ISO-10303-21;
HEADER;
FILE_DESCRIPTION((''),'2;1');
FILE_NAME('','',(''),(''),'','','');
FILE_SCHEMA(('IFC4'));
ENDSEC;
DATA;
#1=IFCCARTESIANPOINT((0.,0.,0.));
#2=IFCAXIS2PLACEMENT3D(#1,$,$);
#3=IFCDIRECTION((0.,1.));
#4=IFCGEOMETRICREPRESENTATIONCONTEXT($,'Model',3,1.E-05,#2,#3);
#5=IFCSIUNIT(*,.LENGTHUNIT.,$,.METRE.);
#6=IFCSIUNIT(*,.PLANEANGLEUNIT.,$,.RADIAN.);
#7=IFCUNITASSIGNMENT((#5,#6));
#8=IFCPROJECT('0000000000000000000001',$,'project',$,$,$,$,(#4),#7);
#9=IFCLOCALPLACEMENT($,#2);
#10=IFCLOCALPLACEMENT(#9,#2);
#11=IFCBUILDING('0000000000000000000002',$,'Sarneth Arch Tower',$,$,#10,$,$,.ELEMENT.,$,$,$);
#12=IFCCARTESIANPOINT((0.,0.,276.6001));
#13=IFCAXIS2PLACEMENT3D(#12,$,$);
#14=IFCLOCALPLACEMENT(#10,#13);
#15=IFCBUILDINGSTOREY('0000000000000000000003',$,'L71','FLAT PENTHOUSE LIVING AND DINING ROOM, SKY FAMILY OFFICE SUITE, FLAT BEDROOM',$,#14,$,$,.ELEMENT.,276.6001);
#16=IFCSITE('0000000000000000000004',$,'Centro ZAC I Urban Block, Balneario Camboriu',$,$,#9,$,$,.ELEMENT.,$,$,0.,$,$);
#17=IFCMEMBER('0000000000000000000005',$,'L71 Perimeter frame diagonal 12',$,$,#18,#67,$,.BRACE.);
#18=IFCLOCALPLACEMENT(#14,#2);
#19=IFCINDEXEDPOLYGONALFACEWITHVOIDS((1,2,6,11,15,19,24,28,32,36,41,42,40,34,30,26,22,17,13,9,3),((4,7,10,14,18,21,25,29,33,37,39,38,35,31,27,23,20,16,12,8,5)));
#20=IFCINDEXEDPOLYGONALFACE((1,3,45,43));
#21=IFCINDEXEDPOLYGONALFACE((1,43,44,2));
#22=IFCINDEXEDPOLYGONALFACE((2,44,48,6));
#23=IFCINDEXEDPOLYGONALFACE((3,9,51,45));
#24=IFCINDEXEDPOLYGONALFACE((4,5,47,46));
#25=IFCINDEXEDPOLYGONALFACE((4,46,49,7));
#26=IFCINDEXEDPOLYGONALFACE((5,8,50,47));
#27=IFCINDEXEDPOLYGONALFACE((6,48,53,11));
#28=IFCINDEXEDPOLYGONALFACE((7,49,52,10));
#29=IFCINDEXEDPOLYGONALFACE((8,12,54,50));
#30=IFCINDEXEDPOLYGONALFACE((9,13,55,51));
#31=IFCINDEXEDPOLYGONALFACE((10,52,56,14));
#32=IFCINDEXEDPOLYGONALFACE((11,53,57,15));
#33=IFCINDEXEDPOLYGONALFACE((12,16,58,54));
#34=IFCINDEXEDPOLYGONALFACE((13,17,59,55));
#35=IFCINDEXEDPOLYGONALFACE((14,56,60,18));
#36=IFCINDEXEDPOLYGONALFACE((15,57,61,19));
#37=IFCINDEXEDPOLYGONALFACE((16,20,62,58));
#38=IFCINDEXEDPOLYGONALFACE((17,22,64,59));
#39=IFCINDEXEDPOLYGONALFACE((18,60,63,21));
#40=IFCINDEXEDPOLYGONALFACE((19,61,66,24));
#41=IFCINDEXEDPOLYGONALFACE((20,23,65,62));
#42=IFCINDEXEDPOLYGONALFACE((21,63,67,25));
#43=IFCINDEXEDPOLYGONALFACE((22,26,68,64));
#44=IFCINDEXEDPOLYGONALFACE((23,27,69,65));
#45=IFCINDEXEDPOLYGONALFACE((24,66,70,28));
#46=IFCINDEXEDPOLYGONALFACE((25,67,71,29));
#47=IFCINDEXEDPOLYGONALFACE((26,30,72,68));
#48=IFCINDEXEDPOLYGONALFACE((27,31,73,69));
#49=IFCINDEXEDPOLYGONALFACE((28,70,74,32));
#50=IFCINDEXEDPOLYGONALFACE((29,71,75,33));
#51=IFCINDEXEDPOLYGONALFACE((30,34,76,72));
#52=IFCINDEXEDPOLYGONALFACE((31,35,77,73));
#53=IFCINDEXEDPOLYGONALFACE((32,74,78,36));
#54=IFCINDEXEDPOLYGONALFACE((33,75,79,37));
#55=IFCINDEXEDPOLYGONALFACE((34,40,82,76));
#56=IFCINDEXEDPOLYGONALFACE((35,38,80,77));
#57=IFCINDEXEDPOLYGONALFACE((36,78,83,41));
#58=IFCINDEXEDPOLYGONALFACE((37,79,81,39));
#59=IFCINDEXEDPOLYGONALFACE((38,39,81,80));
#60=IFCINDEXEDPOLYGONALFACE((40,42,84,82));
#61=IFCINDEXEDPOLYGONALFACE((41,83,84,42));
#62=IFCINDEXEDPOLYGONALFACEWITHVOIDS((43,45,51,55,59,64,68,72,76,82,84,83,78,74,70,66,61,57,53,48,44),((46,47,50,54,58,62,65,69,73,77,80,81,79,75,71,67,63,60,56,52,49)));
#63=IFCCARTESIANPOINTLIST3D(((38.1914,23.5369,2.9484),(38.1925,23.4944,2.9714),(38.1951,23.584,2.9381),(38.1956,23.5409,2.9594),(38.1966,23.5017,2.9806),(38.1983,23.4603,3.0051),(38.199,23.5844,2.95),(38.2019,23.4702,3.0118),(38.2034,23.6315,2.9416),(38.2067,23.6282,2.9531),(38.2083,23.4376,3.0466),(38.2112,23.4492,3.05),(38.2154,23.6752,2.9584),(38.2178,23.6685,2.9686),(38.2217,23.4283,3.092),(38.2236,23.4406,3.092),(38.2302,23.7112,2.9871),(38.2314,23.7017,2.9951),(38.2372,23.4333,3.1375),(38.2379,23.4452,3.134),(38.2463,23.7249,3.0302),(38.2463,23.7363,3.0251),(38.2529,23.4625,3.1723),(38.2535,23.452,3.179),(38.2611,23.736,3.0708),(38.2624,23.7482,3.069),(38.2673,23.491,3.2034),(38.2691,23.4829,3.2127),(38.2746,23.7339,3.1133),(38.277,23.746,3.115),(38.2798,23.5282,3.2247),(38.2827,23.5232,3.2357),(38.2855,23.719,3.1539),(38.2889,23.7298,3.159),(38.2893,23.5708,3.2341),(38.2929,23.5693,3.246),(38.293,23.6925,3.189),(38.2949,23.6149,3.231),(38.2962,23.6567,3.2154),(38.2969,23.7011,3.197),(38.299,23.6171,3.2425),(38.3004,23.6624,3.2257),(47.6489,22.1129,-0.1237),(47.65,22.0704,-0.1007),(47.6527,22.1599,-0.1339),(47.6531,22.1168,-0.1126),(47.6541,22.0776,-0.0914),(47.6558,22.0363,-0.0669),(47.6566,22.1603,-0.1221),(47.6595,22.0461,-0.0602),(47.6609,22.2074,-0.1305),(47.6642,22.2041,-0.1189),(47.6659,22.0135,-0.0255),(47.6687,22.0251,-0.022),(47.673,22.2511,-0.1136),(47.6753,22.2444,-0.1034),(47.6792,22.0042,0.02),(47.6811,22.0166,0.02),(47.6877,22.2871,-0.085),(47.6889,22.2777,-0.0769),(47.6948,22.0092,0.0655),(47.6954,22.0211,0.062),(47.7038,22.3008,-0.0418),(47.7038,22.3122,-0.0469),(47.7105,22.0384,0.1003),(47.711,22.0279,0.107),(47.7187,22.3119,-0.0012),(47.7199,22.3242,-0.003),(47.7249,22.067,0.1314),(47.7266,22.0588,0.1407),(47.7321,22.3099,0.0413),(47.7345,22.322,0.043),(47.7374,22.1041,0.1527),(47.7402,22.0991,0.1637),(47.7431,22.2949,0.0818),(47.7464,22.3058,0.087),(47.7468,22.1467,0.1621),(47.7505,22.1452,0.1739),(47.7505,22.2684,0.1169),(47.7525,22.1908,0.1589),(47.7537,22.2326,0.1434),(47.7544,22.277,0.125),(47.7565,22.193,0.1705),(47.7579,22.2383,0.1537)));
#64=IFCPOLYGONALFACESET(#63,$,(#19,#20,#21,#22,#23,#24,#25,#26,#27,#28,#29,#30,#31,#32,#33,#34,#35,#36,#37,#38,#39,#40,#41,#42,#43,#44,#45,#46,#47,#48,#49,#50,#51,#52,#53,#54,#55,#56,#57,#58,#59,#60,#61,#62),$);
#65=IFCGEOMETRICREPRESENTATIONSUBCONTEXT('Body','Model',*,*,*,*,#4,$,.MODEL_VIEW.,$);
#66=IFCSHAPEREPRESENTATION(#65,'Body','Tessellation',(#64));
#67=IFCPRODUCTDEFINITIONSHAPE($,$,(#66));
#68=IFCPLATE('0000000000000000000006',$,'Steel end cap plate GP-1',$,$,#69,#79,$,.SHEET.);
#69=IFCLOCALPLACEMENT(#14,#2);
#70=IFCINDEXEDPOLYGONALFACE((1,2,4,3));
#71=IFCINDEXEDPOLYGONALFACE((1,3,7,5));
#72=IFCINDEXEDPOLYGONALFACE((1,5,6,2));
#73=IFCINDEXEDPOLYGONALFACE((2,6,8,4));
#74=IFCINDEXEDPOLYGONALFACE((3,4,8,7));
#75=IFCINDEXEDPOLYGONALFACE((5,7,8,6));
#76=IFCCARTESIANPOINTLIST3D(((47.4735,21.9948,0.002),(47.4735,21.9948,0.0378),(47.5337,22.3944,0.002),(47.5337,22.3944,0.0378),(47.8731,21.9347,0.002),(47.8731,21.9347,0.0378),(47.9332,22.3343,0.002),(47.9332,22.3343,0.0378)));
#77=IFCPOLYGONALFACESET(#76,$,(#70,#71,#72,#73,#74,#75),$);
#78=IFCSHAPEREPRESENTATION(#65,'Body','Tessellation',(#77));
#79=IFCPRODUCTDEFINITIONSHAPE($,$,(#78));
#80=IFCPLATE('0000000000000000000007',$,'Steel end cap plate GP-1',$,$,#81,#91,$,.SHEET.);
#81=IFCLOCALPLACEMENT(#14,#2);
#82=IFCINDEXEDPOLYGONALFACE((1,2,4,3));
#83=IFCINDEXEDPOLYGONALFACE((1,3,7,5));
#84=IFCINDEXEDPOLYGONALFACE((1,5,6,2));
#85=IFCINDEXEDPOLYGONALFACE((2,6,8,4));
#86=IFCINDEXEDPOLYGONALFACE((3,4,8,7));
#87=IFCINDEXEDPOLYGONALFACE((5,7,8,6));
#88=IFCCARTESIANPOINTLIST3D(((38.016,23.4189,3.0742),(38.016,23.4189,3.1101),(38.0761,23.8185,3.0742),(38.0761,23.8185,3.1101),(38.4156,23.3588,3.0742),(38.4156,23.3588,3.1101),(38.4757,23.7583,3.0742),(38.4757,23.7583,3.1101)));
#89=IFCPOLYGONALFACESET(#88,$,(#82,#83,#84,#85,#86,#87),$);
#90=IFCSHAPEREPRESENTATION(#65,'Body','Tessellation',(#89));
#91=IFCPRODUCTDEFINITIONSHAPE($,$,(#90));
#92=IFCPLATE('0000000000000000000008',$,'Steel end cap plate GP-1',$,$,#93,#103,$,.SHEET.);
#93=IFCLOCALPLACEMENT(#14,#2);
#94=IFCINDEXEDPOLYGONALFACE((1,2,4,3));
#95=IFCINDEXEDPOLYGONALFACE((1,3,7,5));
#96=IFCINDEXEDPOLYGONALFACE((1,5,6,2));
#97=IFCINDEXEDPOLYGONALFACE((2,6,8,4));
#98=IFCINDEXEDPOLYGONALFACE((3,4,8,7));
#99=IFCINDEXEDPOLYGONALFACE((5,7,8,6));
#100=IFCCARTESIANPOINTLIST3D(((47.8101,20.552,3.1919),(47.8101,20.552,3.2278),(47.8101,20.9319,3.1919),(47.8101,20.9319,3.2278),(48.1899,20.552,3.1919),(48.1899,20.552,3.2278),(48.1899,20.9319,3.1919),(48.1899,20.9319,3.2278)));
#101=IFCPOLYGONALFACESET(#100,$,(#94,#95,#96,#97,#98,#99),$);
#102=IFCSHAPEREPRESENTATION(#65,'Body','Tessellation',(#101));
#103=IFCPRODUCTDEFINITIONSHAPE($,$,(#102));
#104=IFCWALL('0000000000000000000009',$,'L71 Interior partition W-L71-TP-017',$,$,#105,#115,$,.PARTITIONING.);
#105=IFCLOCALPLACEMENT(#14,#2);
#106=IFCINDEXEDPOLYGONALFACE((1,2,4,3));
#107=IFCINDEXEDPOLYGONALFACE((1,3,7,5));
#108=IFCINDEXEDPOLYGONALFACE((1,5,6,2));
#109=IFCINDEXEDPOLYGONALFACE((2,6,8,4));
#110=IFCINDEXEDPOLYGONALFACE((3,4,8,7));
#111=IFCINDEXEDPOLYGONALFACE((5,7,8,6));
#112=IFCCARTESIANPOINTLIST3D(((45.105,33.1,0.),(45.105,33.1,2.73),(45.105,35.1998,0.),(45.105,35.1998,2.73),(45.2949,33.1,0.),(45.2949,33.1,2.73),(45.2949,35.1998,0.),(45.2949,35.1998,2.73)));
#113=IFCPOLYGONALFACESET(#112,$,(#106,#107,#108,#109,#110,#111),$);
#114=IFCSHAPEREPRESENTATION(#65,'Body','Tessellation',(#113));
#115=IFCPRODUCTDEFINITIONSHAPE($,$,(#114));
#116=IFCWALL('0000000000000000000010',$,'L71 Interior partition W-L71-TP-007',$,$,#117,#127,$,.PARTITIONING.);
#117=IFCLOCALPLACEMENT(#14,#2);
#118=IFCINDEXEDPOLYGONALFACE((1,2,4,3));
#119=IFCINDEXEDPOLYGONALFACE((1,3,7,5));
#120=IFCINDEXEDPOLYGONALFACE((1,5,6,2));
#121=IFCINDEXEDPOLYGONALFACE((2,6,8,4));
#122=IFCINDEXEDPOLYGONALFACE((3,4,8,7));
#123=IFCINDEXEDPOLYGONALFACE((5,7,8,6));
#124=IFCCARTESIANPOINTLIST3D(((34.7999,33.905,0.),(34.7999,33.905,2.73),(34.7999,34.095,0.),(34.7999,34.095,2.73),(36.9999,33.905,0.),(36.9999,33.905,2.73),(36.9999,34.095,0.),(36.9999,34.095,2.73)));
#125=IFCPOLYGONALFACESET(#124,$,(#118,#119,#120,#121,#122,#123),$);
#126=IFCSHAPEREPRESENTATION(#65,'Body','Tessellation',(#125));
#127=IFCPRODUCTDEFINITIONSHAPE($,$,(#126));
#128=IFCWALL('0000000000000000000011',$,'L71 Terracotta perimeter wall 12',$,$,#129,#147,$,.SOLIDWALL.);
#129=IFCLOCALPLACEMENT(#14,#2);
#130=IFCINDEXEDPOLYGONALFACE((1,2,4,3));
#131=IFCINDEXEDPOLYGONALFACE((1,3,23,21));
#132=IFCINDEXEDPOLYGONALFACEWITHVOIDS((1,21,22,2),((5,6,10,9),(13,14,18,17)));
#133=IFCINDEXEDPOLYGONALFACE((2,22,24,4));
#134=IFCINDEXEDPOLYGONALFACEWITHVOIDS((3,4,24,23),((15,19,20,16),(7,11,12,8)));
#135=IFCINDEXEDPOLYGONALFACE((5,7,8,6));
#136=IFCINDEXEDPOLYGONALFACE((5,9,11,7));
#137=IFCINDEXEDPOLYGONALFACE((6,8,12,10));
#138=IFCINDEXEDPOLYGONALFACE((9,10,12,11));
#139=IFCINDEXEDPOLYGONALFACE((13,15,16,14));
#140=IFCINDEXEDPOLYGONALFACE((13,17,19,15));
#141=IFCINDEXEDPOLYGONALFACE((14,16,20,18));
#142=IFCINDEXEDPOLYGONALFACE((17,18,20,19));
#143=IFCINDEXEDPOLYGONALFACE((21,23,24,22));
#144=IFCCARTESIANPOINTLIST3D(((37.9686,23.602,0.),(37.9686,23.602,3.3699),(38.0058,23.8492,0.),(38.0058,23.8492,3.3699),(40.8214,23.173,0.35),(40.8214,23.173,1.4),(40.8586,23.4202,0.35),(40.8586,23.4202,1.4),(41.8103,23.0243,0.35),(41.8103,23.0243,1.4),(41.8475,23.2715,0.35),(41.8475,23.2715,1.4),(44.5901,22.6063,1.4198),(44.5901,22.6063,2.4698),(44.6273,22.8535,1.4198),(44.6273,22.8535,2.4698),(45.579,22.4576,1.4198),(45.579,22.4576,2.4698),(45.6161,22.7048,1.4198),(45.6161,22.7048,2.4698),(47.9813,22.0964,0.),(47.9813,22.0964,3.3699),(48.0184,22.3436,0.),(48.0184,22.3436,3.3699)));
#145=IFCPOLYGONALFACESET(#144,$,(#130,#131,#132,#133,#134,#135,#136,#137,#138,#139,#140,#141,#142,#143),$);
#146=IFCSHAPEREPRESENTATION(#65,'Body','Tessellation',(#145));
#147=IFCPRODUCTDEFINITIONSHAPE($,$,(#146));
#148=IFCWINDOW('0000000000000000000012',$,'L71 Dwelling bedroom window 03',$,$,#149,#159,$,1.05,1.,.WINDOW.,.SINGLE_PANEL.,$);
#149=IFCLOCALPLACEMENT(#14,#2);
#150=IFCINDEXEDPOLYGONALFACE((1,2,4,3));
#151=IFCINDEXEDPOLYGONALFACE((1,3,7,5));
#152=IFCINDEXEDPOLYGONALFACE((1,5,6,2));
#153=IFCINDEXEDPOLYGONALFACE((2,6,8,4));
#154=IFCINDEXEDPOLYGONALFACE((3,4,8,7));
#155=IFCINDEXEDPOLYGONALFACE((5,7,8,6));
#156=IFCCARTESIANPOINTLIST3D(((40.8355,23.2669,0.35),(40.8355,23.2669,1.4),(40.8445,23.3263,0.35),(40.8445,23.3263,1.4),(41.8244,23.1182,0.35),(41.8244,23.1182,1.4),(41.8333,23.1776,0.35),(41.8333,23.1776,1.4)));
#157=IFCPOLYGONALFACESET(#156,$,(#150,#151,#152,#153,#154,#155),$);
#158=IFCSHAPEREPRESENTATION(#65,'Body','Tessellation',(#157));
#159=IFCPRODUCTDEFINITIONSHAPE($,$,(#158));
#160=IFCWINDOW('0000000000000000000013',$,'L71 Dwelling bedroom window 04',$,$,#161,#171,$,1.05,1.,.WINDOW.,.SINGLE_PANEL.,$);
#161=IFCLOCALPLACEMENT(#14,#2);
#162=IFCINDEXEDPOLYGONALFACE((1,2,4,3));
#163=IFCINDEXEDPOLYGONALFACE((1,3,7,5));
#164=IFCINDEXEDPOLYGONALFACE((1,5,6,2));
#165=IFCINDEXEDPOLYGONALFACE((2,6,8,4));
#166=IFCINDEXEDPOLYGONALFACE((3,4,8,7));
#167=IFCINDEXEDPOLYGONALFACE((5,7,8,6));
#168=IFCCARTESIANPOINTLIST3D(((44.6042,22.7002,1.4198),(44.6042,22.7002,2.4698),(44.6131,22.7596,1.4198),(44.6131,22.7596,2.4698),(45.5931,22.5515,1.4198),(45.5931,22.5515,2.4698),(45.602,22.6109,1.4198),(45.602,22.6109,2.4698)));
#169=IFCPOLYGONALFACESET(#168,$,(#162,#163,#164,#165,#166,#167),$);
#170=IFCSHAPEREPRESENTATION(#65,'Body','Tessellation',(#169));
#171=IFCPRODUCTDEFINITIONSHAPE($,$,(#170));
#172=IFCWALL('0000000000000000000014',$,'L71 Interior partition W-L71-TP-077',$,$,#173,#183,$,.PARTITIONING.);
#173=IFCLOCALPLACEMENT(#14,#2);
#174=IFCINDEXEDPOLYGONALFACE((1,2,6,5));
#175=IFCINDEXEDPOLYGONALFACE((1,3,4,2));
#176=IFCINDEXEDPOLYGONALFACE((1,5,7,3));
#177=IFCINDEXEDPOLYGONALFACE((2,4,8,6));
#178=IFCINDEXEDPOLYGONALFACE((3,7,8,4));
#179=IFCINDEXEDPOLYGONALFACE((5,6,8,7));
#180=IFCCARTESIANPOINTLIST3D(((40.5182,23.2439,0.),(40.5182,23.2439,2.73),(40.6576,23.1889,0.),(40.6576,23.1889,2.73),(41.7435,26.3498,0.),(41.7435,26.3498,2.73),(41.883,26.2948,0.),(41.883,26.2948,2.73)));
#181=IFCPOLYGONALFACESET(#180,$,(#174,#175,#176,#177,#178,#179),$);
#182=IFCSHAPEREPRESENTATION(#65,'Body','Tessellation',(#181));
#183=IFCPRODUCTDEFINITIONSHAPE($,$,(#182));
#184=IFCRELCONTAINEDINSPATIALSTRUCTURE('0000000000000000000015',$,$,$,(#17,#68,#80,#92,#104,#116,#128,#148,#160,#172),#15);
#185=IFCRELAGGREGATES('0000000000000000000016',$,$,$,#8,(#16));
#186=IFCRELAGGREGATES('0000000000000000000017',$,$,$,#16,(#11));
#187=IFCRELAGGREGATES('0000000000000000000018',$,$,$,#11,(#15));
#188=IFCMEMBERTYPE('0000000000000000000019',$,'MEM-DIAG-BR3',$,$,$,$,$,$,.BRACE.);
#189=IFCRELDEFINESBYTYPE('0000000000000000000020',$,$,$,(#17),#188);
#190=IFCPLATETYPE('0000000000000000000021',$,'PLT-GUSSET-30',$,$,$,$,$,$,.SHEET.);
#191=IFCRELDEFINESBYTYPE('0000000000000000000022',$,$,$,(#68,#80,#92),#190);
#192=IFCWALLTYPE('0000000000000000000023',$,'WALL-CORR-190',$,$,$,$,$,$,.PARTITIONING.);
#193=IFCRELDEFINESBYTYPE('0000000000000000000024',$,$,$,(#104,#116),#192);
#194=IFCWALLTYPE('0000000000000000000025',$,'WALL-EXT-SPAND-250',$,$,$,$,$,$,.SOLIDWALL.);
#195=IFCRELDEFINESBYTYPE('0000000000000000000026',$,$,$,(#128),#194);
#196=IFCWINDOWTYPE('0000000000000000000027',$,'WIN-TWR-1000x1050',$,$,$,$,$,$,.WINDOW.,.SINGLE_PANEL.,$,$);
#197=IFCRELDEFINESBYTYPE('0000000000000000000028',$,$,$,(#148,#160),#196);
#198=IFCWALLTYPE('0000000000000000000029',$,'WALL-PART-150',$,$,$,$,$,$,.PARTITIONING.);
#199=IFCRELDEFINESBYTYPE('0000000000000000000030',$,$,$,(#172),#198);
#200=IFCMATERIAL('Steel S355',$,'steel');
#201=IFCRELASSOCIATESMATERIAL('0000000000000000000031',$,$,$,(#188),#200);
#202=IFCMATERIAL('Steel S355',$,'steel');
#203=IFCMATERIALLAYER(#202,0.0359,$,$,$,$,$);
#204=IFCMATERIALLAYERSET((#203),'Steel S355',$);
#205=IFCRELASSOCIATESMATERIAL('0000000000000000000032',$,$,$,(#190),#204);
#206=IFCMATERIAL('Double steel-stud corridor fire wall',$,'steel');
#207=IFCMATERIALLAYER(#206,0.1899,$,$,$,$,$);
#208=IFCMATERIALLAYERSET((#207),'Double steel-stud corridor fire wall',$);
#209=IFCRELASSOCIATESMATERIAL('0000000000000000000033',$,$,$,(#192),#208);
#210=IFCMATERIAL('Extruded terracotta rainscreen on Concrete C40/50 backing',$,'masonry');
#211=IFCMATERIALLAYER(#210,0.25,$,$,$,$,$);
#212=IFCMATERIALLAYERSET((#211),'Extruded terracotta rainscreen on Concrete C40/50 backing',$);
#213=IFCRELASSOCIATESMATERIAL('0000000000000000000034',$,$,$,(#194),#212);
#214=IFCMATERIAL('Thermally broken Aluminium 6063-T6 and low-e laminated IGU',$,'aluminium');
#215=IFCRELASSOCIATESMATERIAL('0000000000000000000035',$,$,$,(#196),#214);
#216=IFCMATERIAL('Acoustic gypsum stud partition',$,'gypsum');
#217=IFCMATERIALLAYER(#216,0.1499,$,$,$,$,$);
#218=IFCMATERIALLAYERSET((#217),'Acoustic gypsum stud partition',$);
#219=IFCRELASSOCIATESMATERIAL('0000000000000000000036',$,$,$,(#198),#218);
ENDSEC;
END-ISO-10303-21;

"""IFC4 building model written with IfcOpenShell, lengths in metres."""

from ifc_helpers import new_model, si_unit, direction, frame, frame_2d, origin, origin_2d, place, context, subcontext, project, spatial, rectangle, hollow_circle, extrude, material, layer, layer_set, material_profile, profile_set, type_object, element, fill, save


model = new_model("IFC4")

# Units and contexts
model_context = context("Model", 3, precision=1e-05, world=origin(), true_north=direction((0.0, 1.0)))
body_context = subcontext(model_context, "Body", "Model", "MODEL_VIEW")
ifc_project = project(units=[si_unit("LENGTHUNIT", "METRE"), si_unit("PLANEANGLEUNIT", "RADIAN")], contexts=[model_context])

# Site, building, storey
site_placement = place(None, origin())
site = spatial("IfcSite", under=ifc_project, at=site_placement, Name="Centro ZAC I Urban Block, Balneario Camboriu", CompositionType="ELEMENT", RefElevation=0.0)
building_placement = place(site_placement, origin())
building = spatial("IfcBuilding", under=site, at=building_placement, Name="Sarneth Arch Tower", CompositionType="ELEMENT")
storey_placement = place(building_placement, frame((0.0, 0.0, 276.6001)))
storey = spatial("IfcBuildingStorey", under=building, at=storey_placement, Name="L71", Description="FLAT PENTHOUSE LIVING AND DINING ROOM, SKY FAMILY OFFICE SUITE, FLAT BEDROOM", CompositionType="ELEMENT", Elevation=276.6001)

# Member
ifc_material_1 = material(Name="Steel S355", Category="steel")
ifc_material_profile_1 = material_profile(ifc_material_1, hollow_circle(Radius=0.1621, WallThickness=0.0125, at=origin_2d()), Name="CHS324x12.5")
ifc_profile_set_1 = profile_set([ifc_material_profile_1], Name="Steel S355")
member_type_1 = type_object("IfcMemberType", Name="MEM-DIAG-BR3", PredefinedType="BRACE", material=ifc_profile_set_1)
member_1_placement = place(storey_placement, frame((47.7034, 22.1646, 0.02), z_axis=(-0.941478, 0.141764, 0.305814), x_axis=(-0.148897, -0.988853, 0.0)))
element("IfcMember", 1, at=member_1_placement, inside=storey, type_object=member_type_1, Name="L71 Perimeter frame diagonal 12", PredefinedType="BRACE", context=body_context, shape_type="SweptSolid", body=[
    extrude(hollow_circle(Radius=0.1621, WallThickness=0.0125, at=origin_2d()), origin(), (0.0, 0.0, 1.0), 10.0454),
])

# Plates
ifc_material_2 = material(Name="Steel S355", Category="steel")
ifc_layer_1 = layer(ifc_material_2, 0.0359)
ifc_layer_set_1 = layer_set([ifc_layer_1], Name="Steel S355")
plate_type = type_object("IfcPlateType", Name="PLT-GUSSET-30", PredefinedType="SHEET", material=ifc_layer_set_1)
for number, where, z_axis, x_axis, name in (
    (2, (47.7034, 22.1646, 0.002), (0.0, 0.0, 1.0), (0.988861, -0.148845, 0.0), "Steel end cap plate GP-1"),
    (3, (38.2458, 23.5886, 3.0742), (0.0, 0.0, 1.0), (0.988861, -0.148845, 0.0), "Steel end cap plate GP-1"),
):
    element("IfcPlate", number, at=place(storey_placement, frame(where, z_axis=z_axis, x_axis=x_axis)), inside=storey, type_object=plate_type, Name=name, PredefinedType="SHEET", context=body_context, shape_type="SweptSolid", body=[
        extrude(rectangle(XDim=0.4041, YDim=0.4041, at=origin_2d()), origin(), (0.0, 0.0, 1.0), 0.0359),
    ])
plate_placement = place(storey_placement, frame((48.0, 20.7419, 3.1919), z_axis=(0.0, 0.0, 1.0), x_axis=(0.0, -1.0, 0.0)))
element("IfcPlate", 4, at=plate_placement, inside=storey, type_object=plate_type, Name="Steel end cap plate GP-1", PredefinedType="SHEET", context=body_context, shape_type="SweptSolid", body=[
    extrude(rectangle(XDim=0.3799, YDim=0.3799, at=origin_2d()), origin(), (0.0, 0.0, 1.0), 0.0359),
])

# Walls
ifc_material_3 = material(Name="Double steel-stud corridor fire wall", Category="steel")
ifc_layer_2 = layer(ifc_material_3, 0.1899)
ifc_layer_set_2 = layer_set([ifc_layer_2], Name="Double steel-stud corridor fire wall")
wall_type_1 = type_object("IfcWallType", Name="WALL-CORR-190", PredefinedType="PARTITIONING", material=ifc_layer_set_2)
wall_1_placement = place(storey_placement, frame((45.2, 33.1001, 0.0), z_axis=(0.0, 0.0, 1.0), x_axis=(0.0, 1.0, 0.0)))
element("IfcWall", 5, at=wall_1_placement, inside=storey, type_object=wall_type_1, Name="L71 Interior partition W-L71-TP-017", PredefinedType="PARTITIONING", context=body_context, shape_type="SweptSolid", body=[
    extrude(rectangle(XDim=2.0999, YDim=0.1899, at=frame_2d((1.0498, 0.0))), origin(), (0.0, 0.0, 1.0), 2.73),
])
wall_2_placement = place(storey_placement, frame((37.0, 34.0, 0.0), z_axis=(0.0, 0.0, 1.0), x_axis=(-1.0, 0.0, 0.0)))
element("IfcWall", 6, at=wall_2_placement, inside=storey, type_object=wall_type_1, Name="L71 Interior partition W-L71-TP-007", PredefinedType="PARTITIONING", context=body_context, shape_type="SweptSolid", body=[
    extrude(rectangle(XDim=2.2, YDim=0.1899, at=frame_2d((1.1001, 0.0))), origin(), (0.0, 0.0, 1.0), 2.73),
])

# Wall, openings, windows
ifc_material_4 = material(Name="Extruded terracotta rainscreen on Concrete C40/50 backing", Category="masonry")
ifc_layer_3 = layer(ifc_material_4, 0.25)
ifc_layer_set_3 = layer_set([ifc_layer_3], Name="Extruded terracotta rainscreen on Concrete C40/50 backing")
wall_type_2 = type_object("IfcWallType", Name="WALL-EXT-SPAND-250", PredefinedType="SOLIDWALL", material=ifc_layer_set_3)
wall_3_placement = place(storey_placement, frame((37.9873, 23.7256, 0.0), z_axis=(0.0, 0.0, 1.0), x_axis=(0.988883, -0.148699, 0.0)))
wall_3 = element("IfcWall", 7, at=wall_3_placement, inside=storey, type_object=wall_type_2, Name="L71 Terracotta perimeter wall 12", PredefinedType="SOLIDWALL", context=body_context, shape_type="SweptSolid", body=[
    extrude(rectangle(XDim=10.1252, YDim=0.25, at=frame_2d((5.0625, 0.0))), origin(), (0.0, 0.0, 1.0), 3.3699),
])
opening_1_placement = place(wall_3_placement, frame((2.8848, 0.0, 0.3501)))
opening_1 = element("IfcOpeningElement", 8, at=opening_1_placement, cuts=wall_3, PredefinedType="OPENING", context=body_context, shape_type="SweptSolid", body=[
    extrude(rectangle(XDim=1.0, YDim=1.05, at=frame_2d((0.5, 0.5249))), frame((0.0, 0.135, 0.0), z_axis=(0.0, -1.0, 0.0), x_axis=(1.0, 0.0, 0.0)), (0.0, 0.0, 1.0), 0.27),
])
opening_2_placement = place(wall_3_placement, frame((6.6958, 0.0, 1.4199)))
opening_2 = element("IfcOpeningElement", 9, at=opening_2_placement, cuts=wall_3, PredefinedType="OPENING", context=body_context, shape_type="SweptSolid", body=[
    extrude(rectangle(XDim=1.0, YDim=1.05, at=frame_2d((0.5, 0.5249))), frame((0.0, 0.135, 0.0), z_axis=(0.0, -1.0, 0.0), x_axis=(1.0, 0.0, 0.0)), (0.0, 0.0, 1.0), 0.27),
])
ifc_material_5 = material(Name="Thermally broken Aluminium 6063-T6 and low-e laminated IGU", Category="aluminium")
window_type = type_object("IfcWindowType", Name="WIN-TWR-1000x1050", PartitioningType="SINGLE_PANEL", PredefinedType="WINDOW", material=ifc_material_5)
window_1_placement = place(opening_1_placement, origin())
window_1 = element("IfcWindow", 10, at=window_1_placement, inside=storey, type_object=window_type, Name="L71 Dwelling bedroom window 03", OverallHeight=1.05, OverallWidth=1.0, PartitioningType="SINGLE_PANEL", PredefinedType="WINDOW", context=body_context, shape_type="SweptSolid", body=[
    extrude(rectangle(XDim=1.0, YDim=1.05, at=frame_2d((0.5, 0.5249))), frame((0.0, 0.03, 0.0), z_axis=(0.0, -1.0, 0.0), x_axis=(1.0, 0.0, 0.0)), (0.0, 0.0, 1.0), 0.0601),
])
fill(opening_1, window_1)
window_2_placement = place(opening_2_placement, origin())
window_2 = element("IfcWindow", 11, at=window_2_placement, inside=storey, type_object=window_type, Name="L71 Dwelling bedroom window 04", OverallHeight=1.05, OverallWidth=1.0, PartitioningType="SINGLE_PANEL", PredefinedType="WINDOW", context=body_context, shape_type="SweptSolid", body=[
    extrude(rectangle(XDim=1.0, YDim=1.05, at=frame_2d((0.5, 0.5249))), frame((0.0, 0.03, 0.0), z_axis=(0.0, -1.0, 0.0), x_axis=(1.0, 0.0, 0.0)), (0.0, 0.0, 1.0), 0.0601),
])
fill(opening_2, window_2)

# Wall
ifc_material_6 = material(Name="Acoustic gypsum stud partition", Category="gypsum")
ifc_layer_4 = layer(ifc_material_6, 0.1499)
ifc_layer_set_4 = layer_set([ifc_layer_4], Name="Acoustic gypsum stud partition")
wall_type_3 = type_object("IfcWallType", Name="WALL-PART-150", PredefinedType="PARTITIONING", material=ifc_layer_set_4)
wall_4_placement = place(storey_placement, frame((41.8132, 26.3223, 0.0), z_axis=(0.0, 0.0, 1.0), x_axis=(-0.366987, -0.930226, 0.0)))
element("IfcWall", 12, at=wall_4_placement, inside=storey, type_object=wall_type_3, Name="L71 Interior partition W-L71-TP-077", PredefinedType="PARTITIONING", context=body_context, shape_type="SweptSolid", body=[
    extrude(rectangle(XDim=3.3389, YDim=0.1499, at=frame_2d((1.6694, 0.0))), origin(), (0.0, 0.0, 1.0), 2.73),
])

save(model, "model.ifc")
